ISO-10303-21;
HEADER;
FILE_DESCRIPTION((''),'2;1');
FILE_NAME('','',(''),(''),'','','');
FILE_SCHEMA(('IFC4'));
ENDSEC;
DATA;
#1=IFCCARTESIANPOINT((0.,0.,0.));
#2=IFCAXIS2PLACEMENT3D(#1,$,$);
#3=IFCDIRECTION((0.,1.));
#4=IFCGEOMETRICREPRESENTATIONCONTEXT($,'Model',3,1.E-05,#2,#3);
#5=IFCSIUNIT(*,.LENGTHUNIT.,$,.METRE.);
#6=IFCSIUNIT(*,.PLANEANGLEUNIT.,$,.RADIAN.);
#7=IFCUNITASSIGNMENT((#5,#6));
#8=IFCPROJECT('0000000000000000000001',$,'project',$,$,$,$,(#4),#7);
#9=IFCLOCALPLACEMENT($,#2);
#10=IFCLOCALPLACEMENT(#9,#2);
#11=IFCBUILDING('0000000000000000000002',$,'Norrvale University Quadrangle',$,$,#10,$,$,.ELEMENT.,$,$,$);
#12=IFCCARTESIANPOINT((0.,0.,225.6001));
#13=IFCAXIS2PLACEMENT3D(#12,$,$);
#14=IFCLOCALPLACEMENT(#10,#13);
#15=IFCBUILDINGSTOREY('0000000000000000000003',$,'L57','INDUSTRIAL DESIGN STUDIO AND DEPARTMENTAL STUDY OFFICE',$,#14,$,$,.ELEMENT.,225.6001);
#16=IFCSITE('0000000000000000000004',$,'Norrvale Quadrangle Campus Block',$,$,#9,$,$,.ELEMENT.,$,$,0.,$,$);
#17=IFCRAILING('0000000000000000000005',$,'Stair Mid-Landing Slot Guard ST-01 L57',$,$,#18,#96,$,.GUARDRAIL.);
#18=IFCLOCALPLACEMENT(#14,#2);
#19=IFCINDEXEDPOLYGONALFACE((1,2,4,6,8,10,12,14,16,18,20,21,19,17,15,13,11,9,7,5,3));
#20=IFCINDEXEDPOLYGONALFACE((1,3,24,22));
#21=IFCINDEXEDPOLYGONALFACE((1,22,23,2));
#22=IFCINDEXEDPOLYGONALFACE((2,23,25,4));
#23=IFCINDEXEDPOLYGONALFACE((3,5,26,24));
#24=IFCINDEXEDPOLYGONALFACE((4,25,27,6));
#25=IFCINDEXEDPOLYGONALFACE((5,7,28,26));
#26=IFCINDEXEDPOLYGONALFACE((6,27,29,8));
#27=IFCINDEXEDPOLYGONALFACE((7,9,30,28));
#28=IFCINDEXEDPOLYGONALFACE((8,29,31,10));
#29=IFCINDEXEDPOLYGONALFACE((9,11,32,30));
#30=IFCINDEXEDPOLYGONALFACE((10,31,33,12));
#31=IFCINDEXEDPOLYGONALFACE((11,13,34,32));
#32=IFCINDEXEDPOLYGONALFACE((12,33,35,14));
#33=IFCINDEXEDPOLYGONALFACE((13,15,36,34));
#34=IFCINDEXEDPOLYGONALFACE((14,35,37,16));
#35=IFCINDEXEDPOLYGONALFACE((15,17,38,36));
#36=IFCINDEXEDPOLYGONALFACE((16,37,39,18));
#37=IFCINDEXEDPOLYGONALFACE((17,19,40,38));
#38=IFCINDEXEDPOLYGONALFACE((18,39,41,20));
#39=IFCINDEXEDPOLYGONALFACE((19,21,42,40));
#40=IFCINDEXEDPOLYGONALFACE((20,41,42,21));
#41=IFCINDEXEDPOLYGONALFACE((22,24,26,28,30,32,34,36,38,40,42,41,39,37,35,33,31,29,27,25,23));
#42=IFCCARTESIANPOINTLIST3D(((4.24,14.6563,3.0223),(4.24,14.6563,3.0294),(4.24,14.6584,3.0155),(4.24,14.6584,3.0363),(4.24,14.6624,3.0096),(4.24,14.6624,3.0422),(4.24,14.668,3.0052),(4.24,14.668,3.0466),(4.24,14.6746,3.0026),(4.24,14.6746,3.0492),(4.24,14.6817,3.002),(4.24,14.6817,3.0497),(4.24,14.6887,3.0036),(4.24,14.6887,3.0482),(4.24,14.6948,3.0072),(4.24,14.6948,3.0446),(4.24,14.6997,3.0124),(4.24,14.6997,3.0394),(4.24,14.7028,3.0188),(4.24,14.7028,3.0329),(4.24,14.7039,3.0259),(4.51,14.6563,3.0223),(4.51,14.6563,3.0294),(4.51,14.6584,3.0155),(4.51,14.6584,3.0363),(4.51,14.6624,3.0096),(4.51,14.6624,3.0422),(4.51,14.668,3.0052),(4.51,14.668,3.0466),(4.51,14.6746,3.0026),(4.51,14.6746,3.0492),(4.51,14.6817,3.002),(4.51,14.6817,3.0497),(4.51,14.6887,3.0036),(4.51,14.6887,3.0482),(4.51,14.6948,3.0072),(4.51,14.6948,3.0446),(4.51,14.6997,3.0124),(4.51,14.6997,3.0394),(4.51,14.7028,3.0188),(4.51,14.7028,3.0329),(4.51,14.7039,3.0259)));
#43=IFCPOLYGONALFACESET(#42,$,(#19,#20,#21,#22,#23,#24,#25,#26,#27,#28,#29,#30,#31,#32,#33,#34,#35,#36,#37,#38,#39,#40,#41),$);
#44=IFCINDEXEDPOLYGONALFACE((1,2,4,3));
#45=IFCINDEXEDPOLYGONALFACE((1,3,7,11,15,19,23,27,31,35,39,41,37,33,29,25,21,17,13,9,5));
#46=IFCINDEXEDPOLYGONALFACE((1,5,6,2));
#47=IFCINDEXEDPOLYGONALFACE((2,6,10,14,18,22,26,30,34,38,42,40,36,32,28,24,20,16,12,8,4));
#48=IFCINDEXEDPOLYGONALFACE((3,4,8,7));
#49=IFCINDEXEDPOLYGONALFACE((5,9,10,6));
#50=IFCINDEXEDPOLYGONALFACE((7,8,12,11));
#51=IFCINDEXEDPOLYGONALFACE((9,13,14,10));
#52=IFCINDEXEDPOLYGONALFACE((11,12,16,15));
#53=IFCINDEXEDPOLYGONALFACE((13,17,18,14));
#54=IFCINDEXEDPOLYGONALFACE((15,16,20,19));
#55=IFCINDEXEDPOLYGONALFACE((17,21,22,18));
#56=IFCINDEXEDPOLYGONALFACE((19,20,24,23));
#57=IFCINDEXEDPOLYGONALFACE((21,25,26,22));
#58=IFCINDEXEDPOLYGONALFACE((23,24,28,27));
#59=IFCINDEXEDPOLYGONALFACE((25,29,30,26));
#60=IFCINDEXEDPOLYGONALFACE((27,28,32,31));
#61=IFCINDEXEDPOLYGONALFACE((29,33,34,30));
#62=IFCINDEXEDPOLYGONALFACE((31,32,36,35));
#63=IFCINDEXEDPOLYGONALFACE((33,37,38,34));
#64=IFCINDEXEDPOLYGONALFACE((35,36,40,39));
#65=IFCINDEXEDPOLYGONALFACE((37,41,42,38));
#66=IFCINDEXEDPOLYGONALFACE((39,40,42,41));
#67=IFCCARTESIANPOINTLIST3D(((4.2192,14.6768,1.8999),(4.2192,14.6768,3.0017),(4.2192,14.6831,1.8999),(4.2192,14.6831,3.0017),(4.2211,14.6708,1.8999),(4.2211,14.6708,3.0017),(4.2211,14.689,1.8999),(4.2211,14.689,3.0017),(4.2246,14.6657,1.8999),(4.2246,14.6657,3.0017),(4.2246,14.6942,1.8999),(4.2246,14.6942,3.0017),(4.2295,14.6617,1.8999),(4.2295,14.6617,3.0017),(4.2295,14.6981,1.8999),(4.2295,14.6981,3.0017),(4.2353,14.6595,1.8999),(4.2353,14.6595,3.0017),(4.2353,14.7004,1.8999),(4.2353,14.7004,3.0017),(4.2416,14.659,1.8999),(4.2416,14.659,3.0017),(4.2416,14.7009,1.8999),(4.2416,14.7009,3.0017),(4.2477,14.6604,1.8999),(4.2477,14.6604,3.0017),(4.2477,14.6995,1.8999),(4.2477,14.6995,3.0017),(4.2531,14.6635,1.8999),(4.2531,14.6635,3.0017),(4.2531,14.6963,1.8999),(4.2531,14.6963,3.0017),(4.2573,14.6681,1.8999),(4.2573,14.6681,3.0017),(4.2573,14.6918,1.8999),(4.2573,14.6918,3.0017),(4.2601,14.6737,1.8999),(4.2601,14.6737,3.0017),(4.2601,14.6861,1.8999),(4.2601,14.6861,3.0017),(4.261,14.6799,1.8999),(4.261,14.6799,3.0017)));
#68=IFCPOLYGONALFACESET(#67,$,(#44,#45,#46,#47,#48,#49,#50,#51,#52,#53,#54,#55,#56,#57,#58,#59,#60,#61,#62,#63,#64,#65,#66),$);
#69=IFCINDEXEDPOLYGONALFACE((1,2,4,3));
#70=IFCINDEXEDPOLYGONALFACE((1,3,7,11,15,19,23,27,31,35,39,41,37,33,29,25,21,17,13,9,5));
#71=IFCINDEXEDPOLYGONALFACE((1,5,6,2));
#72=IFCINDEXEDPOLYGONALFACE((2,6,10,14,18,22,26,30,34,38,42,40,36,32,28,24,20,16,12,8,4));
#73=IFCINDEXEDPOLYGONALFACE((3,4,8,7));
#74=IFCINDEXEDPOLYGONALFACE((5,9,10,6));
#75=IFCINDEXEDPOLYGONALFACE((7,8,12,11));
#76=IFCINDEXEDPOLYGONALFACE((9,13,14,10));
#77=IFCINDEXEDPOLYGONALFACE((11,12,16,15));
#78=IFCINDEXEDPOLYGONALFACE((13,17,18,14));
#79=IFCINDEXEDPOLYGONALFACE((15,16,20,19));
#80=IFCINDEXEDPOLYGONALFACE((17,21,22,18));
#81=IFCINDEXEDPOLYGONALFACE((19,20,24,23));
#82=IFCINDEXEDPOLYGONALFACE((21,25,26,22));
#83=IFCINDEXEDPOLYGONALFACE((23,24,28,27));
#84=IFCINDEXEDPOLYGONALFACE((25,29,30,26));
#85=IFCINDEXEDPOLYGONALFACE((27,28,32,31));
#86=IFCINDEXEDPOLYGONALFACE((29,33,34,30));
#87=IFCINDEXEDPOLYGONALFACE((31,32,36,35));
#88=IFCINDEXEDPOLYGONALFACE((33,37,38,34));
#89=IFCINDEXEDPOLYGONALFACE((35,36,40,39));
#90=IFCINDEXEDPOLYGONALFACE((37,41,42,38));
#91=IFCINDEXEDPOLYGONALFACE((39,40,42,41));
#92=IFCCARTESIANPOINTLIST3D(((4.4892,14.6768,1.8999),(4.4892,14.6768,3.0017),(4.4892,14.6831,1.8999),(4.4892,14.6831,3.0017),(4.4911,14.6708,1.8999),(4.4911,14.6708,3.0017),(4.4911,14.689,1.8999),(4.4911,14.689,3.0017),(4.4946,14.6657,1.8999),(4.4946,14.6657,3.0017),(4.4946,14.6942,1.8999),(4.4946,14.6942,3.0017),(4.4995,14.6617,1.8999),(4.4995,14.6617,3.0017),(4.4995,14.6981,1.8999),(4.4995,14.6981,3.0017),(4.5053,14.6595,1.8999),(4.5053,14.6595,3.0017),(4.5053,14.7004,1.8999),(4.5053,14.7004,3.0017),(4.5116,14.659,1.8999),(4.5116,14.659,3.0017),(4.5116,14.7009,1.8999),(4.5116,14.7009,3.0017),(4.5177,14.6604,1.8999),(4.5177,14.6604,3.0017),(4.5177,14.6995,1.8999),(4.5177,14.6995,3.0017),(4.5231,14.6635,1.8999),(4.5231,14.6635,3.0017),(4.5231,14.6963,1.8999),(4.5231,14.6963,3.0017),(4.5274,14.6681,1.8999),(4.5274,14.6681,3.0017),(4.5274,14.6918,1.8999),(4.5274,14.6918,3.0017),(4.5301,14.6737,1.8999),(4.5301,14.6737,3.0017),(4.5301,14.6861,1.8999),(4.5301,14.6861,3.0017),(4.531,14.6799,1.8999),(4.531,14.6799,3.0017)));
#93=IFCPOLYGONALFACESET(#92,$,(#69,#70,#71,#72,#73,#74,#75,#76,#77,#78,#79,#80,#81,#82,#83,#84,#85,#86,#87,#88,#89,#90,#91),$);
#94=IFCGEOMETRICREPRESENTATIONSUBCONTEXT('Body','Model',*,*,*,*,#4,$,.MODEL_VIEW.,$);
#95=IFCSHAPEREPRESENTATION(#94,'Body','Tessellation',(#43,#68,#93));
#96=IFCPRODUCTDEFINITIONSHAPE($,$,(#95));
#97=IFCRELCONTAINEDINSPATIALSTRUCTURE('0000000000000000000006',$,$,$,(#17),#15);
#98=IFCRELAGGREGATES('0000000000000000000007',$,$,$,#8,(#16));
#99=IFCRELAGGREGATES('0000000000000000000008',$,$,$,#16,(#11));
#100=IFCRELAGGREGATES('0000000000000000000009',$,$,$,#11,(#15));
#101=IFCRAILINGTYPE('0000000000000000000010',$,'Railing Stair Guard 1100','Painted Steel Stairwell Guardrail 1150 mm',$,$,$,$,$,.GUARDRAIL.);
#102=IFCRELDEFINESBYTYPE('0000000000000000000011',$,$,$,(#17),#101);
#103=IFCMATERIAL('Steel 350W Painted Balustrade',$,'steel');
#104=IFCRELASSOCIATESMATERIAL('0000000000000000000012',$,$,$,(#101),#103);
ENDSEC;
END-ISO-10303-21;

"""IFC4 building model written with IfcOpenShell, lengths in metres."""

from ifc_helpers import new_model, si_unit, direction, frame, origin, origin_2d, place, context, subcontext, project, spatial, circle, extrude, material, type_object, element, save


model = new_model("IFC4")

# Units and contexts
model_context = context("Model", 3, precision=1e-05, world=origin(), true_north=direction((0.0, 1.0)))
body_context = subcontext(model_context, "Body", "Model", "MODEL_VIEW")
ifc_project = project(units=[si_unit("LENGTHUNIT", "METRE"), si_unit("PLANEANGLEUNIT", "RADIAN")], contexts=[model_context])

# Site, building, storey
site_placement = place(None, origin())
site = spatial("IfcSite", under=ifc_project, at=site_placement, Name="Norrvale Quadrangle Campus Block", CompositionType="ELEMENT", RefElevation=0.0)
building_placement = place(site_placement, origin())
building = spatial("IfcBuilding", under=site, at=building_placement, Name="Norrvale University Quadrangle", CompositionType="ELEMENT")
storey_placement = place(building_placement, frame((0.0, 0.0, 225.6001)))
storey = spatial("IfcBuildingStorey", under=building, at=storey_placement, Name="L57", Description="INDUSTRIAL DESIGN STUDIO AND DEPARTMENTAL STUDY OFFICE", CompositionType="ELEMENT", Elevation=225.6001)

# Railing
ifc_material_1 = material(Name="Steel 350W Painted Balustrade", Category="steel")
railing_type_1 = type_object("IfcRailingType", Name="Railing Stair Guard 1100", Description="Painted Steel Stairwell Guardrail 1150 mm", PredefinedType="GUARDRAIL", material=ifc_material_1)
for number, where, name in (
    (1, (4.24, 14.6799, 1.8999), "Stair Mid-Landing Slot Guard ST-01 L57"),
):
    element("IfcRailing", number, at=place(storey_placement, frame(where)), inside=storey, type_object=railing_type_1, Name=name, PredefinedType="GUARDRAIL", context=body_context, shape_type="SweptSolid", body=[
        extrude(circle(Radius=0.0239, at=origin_2d()), frame((0.0, 0.0, 1.126), z_axis=(1.0, 0.0, 0.0), x_axis=(0.0, 1.0, 0.0)), (0.0, 0.0, 1.0), 0.27),
        extrude(circle(Radius=0.021, at=origin_2d()), origin(), (0.0, 0.0, 1.0), 1.1018),
        extrude(circle(Radius=0.021, at=origin_2d()), frame((0.27, 0.0, 0.0)), (0.0, 0.0, 1.0), 1.1018),
    ])

save(model, "model.ifc")
